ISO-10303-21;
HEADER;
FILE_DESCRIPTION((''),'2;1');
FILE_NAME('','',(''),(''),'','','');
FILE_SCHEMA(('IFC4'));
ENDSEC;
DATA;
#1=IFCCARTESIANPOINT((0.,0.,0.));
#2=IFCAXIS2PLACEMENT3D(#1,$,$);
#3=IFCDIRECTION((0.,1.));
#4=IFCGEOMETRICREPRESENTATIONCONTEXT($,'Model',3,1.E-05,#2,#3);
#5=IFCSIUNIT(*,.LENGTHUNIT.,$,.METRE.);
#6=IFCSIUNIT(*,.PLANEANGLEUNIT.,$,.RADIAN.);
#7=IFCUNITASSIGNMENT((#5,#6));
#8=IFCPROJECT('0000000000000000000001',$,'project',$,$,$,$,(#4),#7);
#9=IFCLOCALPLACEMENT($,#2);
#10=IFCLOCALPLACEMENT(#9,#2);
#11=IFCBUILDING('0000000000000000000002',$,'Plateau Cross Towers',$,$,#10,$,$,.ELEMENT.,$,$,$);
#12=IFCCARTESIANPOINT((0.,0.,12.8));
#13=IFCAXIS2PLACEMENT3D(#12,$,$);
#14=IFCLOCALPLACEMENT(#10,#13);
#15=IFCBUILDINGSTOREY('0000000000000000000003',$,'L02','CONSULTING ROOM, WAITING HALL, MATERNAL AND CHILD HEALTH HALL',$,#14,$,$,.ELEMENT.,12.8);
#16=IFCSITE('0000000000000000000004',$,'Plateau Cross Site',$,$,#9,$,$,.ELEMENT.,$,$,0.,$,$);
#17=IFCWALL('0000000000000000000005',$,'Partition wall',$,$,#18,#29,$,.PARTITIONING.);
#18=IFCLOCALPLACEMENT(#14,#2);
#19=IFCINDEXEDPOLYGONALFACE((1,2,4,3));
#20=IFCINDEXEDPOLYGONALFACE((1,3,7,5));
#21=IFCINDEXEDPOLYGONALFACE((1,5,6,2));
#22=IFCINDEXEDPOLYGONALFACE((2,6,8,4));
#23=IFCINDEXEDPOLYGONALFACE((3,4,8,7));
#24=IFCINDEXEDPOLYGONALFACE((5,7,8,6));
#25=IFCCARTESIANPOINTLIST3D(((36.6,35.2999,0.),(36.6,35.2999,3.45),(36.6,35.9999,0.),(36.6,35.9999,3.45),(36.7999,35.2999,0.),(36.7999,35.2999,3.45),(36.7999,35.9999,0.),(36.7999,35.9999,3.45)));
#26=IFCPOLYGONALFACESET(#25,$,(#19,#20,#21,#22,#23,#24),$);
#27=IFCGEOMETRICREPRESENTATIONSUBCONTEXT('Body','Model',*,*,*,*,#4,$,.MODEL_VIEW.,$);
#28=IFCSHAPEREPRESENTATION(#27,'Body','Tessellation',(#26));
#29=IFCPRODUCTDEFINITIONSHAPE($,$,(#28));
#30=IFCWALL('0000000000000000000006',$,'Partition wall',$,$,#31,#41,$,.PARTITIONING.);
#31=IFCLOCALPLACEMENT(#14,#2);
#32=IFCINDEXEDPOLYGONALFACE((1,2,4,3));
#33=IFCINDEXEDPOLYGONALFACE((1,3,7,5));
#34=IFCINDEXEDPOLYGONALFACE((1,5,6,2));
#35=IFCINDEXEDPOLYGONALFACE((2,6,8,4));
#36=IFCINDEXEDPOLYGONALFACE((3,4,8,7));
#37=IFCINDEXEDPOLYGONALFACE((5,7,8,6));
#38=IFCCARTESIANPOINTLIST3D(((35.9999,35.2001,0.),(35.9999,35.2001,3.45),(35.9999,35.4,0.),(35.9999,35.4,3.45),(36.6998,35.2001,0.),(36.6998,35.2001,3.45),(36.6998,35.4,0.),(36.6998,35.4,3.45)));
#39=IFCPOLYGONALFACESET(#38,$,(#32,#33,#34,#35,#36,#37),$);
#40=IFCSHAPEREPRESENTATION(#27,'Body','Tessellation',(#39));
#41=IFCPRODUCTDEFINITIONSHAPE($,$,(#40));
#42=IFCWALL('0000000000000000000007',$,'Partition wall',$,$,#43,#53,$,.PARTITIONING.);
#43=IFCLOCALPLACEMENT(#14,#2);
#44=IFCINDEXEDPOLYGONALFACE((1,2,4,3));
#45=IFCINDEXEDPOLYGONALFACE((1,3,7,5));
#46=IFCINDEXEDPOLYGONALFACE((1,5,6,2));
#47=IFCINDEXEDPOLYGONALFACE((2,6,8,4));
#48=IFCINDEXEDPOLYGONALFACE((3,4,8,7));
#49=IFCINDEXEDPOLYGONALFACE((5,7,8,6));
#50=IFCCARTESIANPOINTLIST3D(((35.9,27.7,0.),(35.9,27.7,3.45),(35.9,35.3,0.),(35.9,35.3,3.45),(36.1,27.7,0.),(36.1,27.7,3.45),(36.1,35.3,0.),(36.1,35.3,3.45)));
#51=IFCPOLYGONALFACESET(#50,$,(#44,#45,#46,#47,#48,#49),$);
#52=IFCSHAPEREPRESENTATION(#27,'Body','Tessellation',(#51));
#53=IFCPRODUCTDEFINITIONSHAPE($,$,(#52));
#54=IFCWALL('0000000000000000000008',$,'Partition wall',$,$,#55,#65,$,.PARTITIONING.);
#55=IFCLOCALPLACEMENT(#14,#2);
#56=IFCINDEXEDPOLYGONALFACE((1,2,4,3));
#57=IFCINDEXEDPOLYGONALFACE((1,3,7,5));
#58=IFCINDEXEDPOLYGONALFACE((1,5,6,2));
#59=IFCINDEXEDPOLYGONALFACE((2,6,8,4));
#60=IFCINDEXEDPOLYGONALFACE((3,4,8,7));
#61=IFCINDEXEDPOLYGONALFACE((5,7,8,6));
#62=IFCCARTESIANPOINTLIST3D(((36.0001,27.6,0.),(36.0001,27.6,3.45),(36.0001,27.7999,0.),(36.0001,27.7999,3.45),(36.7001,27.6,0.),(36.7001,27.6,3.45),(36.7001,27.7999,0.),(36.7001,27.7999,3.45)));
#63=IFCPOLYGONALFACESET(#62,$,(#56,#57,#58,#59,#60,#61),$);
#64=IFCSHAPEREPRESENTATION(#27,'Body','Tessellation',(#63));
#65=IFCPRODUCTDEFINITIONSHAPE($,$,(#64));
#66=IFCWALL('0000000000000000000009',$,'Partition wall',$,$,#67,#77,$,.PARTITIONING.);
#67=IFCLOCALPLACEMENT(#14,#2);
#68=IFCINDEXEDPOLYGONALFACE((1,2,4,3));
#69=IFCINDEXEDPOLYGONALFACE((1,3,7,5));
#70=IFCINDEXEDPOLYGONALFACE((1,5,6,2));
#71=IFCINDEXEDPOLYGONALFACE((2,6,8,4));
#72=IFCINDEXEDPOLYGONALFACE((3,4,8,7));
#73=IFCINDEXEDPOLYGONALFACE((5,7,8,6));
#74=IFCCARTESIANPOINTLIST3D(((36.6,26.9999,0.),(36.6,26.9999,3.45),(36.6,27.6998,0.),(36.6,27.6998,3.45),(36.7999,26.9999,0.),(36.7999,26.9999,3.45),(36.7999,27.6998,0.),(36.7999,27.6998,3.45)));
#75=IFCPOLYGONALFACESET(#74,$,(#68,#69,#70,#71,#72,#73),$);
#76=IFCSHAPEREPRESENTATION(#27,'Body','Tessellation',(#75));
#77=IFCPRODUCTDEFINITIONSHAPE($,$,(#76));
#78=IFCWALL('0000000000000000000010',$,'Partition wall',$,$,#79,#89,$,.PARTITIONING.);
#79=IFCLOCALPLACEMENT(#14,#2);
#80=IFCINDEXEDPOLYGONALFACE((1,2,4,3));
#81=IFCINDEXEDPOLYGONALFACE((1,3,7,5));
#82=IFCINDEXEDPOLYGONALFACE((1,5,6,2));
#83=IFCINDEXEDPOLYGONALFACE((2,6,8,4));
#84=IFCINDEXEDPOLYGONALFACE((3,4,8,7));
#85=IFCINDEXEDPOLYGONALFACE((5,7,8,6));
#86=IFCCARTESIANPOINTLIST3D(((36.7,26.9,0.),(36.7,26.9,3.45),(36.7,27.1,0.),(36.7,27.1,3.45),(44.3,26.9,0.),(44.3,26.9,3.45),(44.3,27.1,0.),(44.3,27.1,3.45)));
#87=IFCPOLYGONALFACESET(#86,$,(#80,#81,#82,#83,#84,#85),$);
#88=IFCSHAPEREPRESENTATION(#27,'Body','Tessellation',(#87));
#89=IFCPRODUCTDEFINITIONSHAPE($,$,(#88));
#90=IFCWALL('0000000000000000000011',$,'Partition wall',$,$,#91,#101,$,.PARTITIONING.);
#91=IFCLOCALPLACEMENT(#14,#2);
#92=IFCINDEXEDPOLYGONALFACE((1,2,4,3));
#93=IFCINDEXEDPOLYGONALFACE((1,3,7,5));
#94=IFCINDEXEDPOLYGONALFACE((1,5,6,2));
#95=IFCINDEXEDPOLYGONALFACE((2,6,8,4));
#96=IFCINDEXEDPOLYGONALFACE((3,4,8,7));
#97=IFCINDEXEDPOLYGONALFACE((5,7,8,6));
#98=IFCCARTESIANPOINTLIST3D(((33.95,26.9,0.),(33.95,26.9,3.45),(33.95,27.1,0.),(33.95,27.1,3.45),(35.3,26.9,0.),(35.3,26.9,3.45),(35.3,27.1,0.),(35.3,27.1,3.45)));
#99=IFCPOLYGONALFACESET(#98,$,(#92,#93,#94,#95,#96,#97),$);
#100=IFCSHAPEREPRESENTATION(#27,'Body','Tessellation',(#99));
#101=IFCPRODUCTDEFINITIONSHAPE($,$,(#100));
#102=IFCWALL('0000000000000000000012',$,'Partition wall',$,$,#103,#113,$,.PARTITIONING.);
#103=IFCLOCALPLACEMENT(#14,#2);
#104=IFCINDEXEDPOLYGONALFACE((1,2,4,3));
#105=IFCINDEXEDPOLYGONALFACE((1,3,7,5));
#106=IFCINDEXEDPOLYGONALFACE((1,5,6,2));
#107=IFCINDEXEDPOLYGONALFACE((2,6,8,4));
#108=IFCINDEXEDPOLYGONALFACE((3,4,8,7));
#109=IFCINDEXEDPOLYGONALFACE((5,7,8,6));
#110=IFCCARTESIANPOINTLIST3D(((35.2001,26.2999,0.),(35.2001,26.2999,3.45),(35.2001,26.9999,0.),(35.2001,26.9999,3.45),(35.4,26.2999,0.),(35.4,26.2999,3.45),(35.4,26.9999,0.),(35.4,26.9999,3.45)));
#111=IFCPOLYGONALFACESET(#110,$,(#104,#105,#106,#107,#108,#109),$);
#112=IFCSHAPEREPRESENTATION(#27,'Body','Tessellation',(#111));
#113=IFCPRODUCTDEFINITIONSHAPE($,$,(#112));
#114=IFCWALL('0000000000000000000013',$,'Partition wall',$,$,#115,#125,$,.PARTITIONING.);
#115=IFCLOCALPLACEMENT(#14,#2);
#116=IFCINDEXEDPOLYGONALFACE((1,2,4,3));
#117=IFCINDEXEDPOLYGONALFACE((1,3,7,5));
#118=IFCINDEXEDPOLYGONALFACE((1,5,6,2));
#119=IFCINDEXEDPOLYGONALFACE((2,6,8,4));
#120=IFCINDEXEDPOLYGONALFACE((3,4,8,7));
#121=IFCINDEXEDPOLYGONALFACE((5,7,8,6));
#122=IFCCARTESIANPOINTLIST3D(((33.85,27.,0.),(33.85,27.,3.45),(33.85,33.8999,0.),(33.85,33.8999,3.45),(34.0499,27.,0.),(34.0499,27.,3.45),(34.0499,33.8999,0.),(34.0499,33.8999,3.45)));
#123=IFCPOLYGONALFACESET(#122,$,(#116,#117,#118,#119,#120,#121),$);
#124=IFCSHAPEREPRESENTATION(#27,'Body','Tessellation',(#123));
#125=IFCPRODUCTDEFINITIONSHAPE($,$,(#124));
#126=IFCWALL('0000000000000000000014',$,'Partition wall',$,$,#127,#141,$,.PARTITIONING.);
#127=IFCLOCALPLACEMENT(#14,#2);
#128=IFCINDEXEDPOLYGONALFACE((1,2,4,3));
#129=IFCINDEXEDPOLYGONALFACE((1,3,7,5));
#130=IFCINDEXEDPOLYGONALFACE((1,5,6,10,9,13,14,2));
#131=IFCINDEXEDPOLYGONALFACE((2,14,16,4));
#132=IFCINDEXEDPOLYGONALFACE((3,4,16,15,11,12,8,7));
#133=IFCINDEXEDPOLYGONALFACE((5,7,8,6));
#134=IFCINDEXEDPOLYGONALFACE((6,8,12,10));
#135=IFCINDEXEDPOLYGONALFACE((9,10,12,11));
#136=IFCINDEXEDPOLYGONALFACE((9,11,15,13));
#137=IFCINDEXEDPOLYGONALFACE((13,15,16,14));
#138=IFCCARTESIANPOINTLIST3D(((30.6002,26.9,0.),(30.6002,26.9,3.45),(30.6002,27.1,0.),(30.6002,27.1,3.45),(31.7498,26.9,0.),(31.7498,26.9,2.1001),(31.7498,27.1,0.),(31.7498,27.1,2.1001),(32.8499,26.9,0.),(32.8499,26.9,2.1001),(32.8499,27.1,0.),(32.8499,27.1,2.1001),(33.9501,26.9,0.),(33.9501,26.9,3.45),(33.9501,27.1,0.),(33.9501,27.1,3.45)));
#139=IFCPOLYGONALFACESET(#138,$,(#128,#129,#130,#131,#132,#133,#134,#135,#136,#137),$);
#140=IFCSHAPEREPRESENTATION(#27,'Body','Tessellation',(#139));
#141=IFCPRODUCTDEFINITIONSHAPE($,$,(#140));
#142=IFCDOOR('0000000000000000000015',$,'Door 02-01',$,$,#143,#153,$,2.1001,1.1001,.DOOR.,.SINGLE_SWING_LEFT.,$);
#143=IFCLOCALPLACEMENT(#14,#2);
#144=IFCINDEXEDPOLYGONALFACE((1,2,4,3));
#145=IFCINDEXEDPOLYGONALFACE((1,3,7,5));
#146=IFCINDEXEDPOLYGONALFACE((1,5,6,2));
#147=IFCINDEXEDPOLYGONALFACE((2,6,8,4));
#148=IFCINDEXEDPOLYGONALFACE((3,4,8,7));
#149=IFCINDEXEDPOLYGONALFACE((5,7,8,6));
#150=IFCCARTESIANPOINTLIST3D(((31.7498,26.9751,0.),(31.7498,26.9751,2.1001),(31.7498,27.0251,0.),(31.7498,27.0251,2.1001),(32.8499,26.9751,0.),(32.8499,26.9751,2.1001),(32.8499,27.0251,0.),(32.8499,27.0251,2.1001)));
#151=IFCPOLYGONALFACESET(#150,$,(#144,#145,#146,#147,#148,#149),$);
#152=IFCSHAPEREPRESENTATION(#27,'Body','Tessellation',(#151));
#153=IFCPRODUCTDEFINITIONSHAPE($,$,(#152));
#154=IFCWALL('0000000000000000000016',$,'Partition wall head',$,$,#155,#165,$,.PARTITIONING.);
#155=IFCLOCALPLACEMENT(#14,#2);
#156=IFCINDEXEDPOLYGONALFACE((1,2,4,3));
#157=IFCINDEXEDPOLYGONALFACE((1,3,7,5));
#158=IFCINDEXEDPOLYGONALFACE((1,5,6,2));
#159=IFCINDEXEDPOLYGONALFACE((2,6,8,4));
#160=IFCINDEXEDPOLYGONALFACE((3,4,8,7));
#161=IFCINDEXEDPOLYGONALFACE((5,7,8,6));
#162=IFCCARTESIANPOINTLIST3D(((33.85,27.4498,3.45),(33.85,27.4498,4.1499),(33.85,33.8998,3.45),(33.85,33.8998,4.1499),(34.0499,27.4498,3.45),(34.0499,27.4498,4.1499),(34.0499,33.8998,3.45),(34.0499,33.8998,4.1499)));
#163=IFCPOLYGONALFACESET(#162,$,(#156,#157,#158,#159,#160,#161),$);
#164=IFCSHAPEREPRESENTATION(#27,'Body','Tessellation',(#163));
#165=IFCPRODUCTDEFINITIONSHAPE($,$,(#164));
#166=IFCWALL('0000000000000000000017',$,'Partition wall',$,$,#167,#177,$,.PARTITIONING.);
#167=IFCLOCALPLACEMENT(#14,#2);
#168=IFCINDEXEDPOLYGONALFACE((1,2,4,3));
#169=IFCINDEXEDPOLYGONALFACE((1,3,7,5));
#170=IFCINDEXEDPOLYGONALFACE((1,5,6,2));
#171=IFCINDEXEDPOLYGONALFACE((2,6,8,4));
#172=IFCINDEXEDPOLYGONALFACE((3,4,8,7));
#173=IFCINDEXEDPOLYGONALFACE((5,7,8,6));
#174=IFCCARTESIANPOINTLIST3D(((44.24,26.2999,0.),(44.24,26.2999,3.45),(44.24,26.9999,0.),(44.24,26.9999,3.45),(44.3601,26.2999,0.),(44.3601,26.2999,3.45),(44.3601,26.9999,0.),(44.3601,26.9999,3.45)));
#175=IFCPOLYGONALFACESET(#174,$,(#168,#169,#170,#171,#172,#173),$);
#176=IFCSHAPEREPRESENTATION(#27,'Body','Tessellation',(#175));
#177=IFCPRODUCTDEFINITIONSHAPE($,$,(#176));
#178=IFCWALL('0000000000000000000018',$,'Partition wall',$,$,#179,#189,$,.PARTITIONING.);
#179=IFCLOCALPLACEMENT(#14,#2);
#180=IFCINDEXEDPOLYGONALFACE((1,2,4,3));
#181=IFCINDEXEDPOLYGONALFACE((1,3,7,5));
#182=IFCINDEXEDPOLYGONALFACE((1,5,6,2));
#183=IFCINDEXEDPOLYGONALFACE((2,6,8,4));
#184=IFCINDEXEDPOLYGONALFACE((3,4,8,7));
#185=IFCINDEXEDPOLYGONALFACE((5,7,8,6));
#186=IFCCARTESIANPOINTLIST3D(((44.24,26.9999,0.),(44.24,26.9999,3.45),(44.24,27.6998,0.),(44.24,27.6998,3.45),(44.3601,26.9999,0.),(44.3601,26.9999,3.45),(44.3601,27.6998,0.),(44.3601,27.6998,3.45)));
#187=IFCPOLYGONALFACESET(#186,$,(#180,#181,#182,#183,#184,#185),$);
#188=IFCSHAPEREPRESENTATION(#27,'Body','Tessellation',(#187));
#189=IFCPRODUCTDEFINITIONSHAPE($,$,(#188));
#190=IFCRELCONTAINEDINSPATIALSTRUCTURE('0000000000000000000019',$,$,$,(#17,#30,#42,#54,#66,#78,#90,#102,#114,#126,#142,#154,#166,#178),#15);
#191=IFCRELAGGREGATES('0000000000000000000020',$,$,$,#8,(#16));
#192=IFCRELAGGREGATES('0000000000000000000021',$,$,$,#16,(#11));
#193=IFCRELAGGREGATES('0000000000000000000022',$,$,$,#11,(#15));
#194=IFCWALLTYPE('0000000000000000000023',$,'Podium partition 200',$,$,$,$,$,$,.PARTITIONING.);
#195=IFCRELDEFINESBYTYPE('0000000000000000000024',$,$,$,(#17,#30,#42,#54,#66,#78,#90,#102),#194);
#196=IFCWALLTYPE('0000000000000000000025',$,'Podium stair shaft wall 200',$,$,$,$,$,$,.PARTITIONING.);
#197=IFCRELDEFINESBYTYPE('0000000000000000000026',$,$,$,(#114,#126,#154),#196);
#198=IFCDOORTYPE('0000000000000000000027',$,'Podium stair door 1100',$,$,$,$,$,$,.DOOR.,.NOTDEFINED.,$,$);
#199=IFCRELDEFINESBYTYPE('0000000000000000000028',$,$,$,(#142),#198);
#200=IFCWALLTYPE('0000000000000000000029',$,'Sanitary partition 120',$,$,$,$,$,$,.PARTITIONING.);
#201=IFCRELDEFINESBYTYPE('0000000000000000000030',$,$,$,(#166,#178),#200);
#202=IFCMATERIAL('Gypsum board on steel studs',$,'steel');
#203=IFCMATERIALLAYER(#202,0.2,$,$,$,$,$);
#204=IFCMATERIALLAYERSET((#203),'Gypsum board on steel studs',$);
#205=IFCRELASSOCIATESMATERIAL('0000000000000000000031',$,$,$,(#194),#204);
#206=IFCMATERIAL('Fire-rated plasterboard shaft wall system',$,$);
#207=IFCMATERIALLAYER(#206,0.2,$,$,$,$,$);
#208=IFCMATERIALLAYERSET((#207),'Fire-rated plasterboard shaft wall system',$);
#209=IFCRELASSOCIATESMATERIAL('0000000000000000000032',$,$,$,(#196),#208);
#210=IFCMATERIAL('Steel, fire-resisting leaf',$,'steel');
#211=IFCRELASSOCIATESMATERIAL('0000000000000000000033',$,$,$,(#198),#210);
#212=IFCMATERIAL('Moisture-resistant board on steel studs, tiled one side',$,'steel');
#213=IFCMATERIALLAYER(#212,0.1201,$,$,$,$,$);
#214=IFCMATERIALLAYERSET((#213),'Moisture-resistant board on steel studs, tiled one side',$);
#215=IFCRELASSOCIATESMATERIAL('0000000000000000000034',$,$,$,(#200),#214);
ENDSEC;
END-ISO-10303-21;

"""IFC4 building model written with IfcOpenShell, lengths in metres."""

from ifc_helpers import new_model, si_unit, direction, frame, frame_2d, origin, place, context, subcontext, project, spatial, rectangle, extrude, material, layer, layer_set, type_object, element, fill, save


model = new_model("IFC4")

# Units and contexts
model_context = context("Model", 3, precision=1e-05, world=origin(), true_north=direction((0.0, 1.0)))
body_context = subcontext(model_context, "Body", "Model", "MODEL_VIEW")
ifc_project = project(units=[si_unit("LENGTHUNIT", "METRE"), si_unit("PLANEANGLEUNIT", "RADIAN")], contexts=[model_context])

# Site, building, storey
site_placement = place(None, origin())
site = spatial("IfcSite", under=ifc_project, at=site_placement, Name="Plateau Cross Site", CompositionType="ELEMENT", RefElevation=0.0)
building_placement = place(site_placement, origin())
building = spatial("IfcBuilding", under=site, at=building_placement, Name="Plateau Cross Towers", CompositionType="ELEMENT")
storey_placement = place(building_placement, frame((0.0, 0.0, 12.8)))
storey = spatial("IfcBuildingStorey", under=building, at=storey_placement, Name="L02", Description="CONSULTING ROOM, WAITING HALL, MATERNAL AND CHILD HEALTH HALL", CompositionType="ELEMENT", Elevation=12.8)

# Shared definitions
ifc_material_1 = material(Name="Gypsum board on steel studs", Category="steel")
ifc_layer_1 = layer(ifc_material_1, 0.2)
ifc_layer_set_1 = layer_set([ifc_layer_1], Name="Gypsum board on steel studs")
wall_type_1 = type_object("IfcWallType", Name="Podium partition 200", PredefinedType="PARTITIONING", material=ifc_layer_set_1)

# Walls
for number, where, z_axis, x_axis, name in (
    (1, (36.7, 36.0, 0.0), (0.0, 0.0, 1.0), (0.0, -1.0, 0.0), "Partition wall"),
    (2, (36.7, 35.3, 0.0), (0.0, 0.0, 1.0), (-1.0, 0.0, 0.0), "Partition wall"),
):
    element("IfcWall", number, at=place(storey_placement, frame(where, z_axis=z_axis, x_axis=x_axis)), inside=storey, type_object=wall_type_1, Name=name, PredefinedType="PARTITIONING", context=body_context, shape_type="SweptSolid", body=[
        extrude(rectangle(XDim=0.7, YDim=0.2, at=frame_2d((0.3501, 0.0))), origin(), (0.0, 0.0, 1.0), 3.45),
    ])
wall_1_placement = place(storey_placement, frame((36.0, 35.3, 0.0), z_axis=(0.0, 0.0, 1.0), x_axis=(0.0, -1.0, 0.0)))
element("IfcWall", 3, at=wall_1_placement, inside=storey, type_object=wall_type_1, Name="Partition wall", PredefinedType="PARTITIONING", context=body_context, shape_type="SweptSolid", body=[
    extrude(rectangle(XDim=7.6001, YDim=0.2, at=frame_2d((3.8, 0.0))), origin(), (0.0, 0.0, 1.0), 3.45),
])
for number, where, z_axis, x_axis, name in (
    (4, (36.0, 27.7, 0.0), (0.0, 0.0, 1.0), (1.0, 0.0, 0.0), "Partition wall"),
    (5, (36.7, 27.7, 0.0), (0.0, 0.0, 1.0), (0.0, -1.0, 0.0), "Partition wall"),
):
    element("IfcWall", number, at=place(storey_placement, frame(where, z_axis=z_axis, x_axis=x_axis)), inside=storey, type_object=wall_type_1, Name=name, PredefinedType="PARTITIONING", context=body_context, shape_type="SweptSolid", body=[
        extrude(rectangle(XDim=0.7, YDim=0.2, at=frame_2d((0.3501, 0.0))), origin(), (0.0, 0.0, 1.0), 3.45),
    ])
wall_2_placement = place(storey_placement, frame((36.7, 27.0, 0.0), z_axis=(0.0, 0.0, 1.0), x_axis=(1.0, 0.0, 0.0)))
element("IfcWall", 6, at=wall_2_placement, inside=storey, type_object=wall_type_1, Name="Partition wall", PredefinedType="PARTITIONING", context=body_context, shape_type="SweptSolid", body=[
    extrude(rectangle(XDim=7.6001, YDim=0.2, at=frame_2d((3.8, 0.0))), origin(), (0.0, 0.0, 1.0), 3.45),
])
wall_3_placement = place(storey_placement, frame((33.95, 27.0, 0.0), z_axis=(0.0, 0.0, 1.0), x_axis=(1.0, 0.0, 0.0)))
element("IfcWall", 7, at=wall_3_placement, inside=storey, type_object=wall_type_1, Name="Partition wall", PredefinedType="PARTITIONING", context=body_context, shape_type="SweptSolid", body=[
    extrude(rectangle(XDim=1.3501, YDim=0.2, at=frame_2d((0.675, 0.0))), origin(), (0.0, 0.0, 1.0), 3.45),
])
wall_4_placement = place(storey_placement, frame((35.3, 27.0, 0.0), z_axis=(0.0, 0.0, 1.0), x_axis=(0.0, -1.0, 0.0)))
element("IfcWall", 8, at=wall_4_placement, inside=storey, type_object=wall_type_1, Name="Partition wall", PredefinedType="PARTITIONING", context=body_context, shape_type="SweptSolid", body=[
    extrude(rectangle(XDim=0.7, YDim=0.2, at=frame_2d((0.3501, 0.0))), origin(), (0.0, 0.0, 1.0), 3.45),
])
ifc_material_2 = material(Name="Fire-rated plasterboard shaft wall system")
ifc_layer_2 = layer(ifc_material_2, 0.2)
ifc_layer_set_2 = layer_set([ifc_layer_2], Name="Fire-rated plasterboard shaft wall system")
wall_type_2 = type_object("IfcWallType", Name="Podium stair shaft wall 200", PredefinedType="PARTITIONING", material=ifc_layer_set_2)
wall_5_placement = place(storey_placement, frame((33.95, 33.8999, 0.0), z_axis=(0.0, 0.0, 1.0), x_axis=(0.0, -1.0, 0.0)))
element("IfcWall", 9, at=wall_5_placement, inside=storey, type_object=wall_type_2, Name="Partition wall", PredefinedType="PARTITIONING", context=body_context, shape_type="SweptSolid", body=[
    extrude(rectangle(XDim=6.8999, YDim=0.2, at=frame_2d((3.45, 0.0))), origin(), (0.0, 0.0, 1.0), 3.45),
])

# Wall, opening, door
wall_6_placement = place(storey_placement, frame((33.95, 27.0, 0.0), z_axis=(0.0, 0.0, 1.0), x_axis=(-1.0, 0.0, 0.0)))
wall_6 = element("IfcWall", 10, at=wall_6_placement, inside=storey, type_object=wall_type_2, Name="Partition wall", PredefinedType="PARTITIONING", context=body_context, shape_type="SweptSolid", body=[
    extrude(rectangle(XDim=3.3499, YDim=0.2, at=frame_2d((1.6748, 0.0))), origin(), (0.0, 0.0, 1.0), 3.45),
])
opening_1_placement = place(wall_6_placement, frame((1.1001, 0.0, 0.0)))
opening_1 = element("IfcOpeningElement", 11, at=opening_1_placement, cuts=wall_6, PredefinedType="OPENING", context=body_context, shape_type="SweptSolid", body=[
    extrude(rectangle(XDim=1.1001, YDim=2.1001, at=frame_2d((0.55, 1.05))), frame((0.0, 0.1099, 0.0), z_axis=(0.0, -1.0, 0.0), x_axis=(1.0, 0.0, 0.0)), (0.0, 0.0, 1.0), 0.22),
])
ifc_material_3 = material(Name="Steel, fire-resisting leaf", Category="steel")
door_type_1 = type_object("IfcDoorType", Name="Podium stair door 1100", OperationType="NOTDEFINED", PredefinedType="DOOR", material=ifc_material_3)
door_1_placement = place(opening_1_placement, origin())
door_1 = element("IfcDoor", 12, at=door_1_placement, inside=storey, type_object=door_type_1, Name="Door 02-01", OperationType="SINGLE_SWING_LEFT", OverallHeight=2.1001, OverallWidth=1.1001, PredefinedType="DOOR", context=body_context, shape_type="SweptSolid", body=[
    extrude(rectangle(XDim=1.1001, YDim=2.1001, at=frame_2d((0.55, 1.05))), frame((0.0, 0.0249, 0.0), z_axis=(0.0, -1.0, 0.0), x_axis=(1.0, 0.0, 0.0)), (0.0, 0.0, 1.0), 0.05),
])
fill(opening_1, door_1)

# Walls
wall_7_placement = place(storey_placement, frame((33.95, 33.8999, 3.45), z_axis=(0.0, 0.0, 1.0), x_axis=(0.0, -1.0, 0.0)))
element("IfcWall", 13, at=wall_7_placement, inside=storey, type_object=wall_type_2, Name="Partition wall head", PredefinedType="PARTITIONING", context=body_context, shape_type="SweptSolid", body=[
    extrude(rectangle(XDim=6.45, YDim=0.2, at=frame_2d((3.2251, 0.0))), origin(), (0.0, 0.0, 1.0), 0.7),
])
ifc_material_4 = material(Name="Moisture-resistant board on steel studs, tiled one side", Category="steel")
ifc_layer_3 = layer(ifc_material_4, 0.1201)
ifc_layer_set_3 = layer_set([ifc_layer_3], Name="Moisture-resistant board on steel studs, tiled one side")
wall_type_3 = type_object("IfcWallType", Name="Sanitary partition 120", PredefinedType="PARTITIONING", material=ifc_layer_set_3)
for number, where, z_axis, x_axis, name in (
    (14, (44.3, 27.0, 0.0), (0.0, 0.0, 1.0), (0.0, -1.0, 0.0), "Partition wall"),
    (15, (44.3, 27.7, 0.0), (0.0, 0.0, 1.0), (0.0, -1.0, 0.0), "Partition wall"),
):
    element("IfcWall", number, at=place(storey_placement, frame(where, z_axis=z_axis, x_axis=x_axis)), inside=storey, type_object=wall_type_3, Name=name, PredefinedType="PARTITIONING", context=body_context, shape_type="SweptSolid", body=[
        extrude(rectangle(XDim=0.7, YDim=0.1201, at=frame_2d((0.3501, 0.0))), origin(), (0.0, 0.0, 1.0), 3.45),
    ])

save(model, "model.ifc")
